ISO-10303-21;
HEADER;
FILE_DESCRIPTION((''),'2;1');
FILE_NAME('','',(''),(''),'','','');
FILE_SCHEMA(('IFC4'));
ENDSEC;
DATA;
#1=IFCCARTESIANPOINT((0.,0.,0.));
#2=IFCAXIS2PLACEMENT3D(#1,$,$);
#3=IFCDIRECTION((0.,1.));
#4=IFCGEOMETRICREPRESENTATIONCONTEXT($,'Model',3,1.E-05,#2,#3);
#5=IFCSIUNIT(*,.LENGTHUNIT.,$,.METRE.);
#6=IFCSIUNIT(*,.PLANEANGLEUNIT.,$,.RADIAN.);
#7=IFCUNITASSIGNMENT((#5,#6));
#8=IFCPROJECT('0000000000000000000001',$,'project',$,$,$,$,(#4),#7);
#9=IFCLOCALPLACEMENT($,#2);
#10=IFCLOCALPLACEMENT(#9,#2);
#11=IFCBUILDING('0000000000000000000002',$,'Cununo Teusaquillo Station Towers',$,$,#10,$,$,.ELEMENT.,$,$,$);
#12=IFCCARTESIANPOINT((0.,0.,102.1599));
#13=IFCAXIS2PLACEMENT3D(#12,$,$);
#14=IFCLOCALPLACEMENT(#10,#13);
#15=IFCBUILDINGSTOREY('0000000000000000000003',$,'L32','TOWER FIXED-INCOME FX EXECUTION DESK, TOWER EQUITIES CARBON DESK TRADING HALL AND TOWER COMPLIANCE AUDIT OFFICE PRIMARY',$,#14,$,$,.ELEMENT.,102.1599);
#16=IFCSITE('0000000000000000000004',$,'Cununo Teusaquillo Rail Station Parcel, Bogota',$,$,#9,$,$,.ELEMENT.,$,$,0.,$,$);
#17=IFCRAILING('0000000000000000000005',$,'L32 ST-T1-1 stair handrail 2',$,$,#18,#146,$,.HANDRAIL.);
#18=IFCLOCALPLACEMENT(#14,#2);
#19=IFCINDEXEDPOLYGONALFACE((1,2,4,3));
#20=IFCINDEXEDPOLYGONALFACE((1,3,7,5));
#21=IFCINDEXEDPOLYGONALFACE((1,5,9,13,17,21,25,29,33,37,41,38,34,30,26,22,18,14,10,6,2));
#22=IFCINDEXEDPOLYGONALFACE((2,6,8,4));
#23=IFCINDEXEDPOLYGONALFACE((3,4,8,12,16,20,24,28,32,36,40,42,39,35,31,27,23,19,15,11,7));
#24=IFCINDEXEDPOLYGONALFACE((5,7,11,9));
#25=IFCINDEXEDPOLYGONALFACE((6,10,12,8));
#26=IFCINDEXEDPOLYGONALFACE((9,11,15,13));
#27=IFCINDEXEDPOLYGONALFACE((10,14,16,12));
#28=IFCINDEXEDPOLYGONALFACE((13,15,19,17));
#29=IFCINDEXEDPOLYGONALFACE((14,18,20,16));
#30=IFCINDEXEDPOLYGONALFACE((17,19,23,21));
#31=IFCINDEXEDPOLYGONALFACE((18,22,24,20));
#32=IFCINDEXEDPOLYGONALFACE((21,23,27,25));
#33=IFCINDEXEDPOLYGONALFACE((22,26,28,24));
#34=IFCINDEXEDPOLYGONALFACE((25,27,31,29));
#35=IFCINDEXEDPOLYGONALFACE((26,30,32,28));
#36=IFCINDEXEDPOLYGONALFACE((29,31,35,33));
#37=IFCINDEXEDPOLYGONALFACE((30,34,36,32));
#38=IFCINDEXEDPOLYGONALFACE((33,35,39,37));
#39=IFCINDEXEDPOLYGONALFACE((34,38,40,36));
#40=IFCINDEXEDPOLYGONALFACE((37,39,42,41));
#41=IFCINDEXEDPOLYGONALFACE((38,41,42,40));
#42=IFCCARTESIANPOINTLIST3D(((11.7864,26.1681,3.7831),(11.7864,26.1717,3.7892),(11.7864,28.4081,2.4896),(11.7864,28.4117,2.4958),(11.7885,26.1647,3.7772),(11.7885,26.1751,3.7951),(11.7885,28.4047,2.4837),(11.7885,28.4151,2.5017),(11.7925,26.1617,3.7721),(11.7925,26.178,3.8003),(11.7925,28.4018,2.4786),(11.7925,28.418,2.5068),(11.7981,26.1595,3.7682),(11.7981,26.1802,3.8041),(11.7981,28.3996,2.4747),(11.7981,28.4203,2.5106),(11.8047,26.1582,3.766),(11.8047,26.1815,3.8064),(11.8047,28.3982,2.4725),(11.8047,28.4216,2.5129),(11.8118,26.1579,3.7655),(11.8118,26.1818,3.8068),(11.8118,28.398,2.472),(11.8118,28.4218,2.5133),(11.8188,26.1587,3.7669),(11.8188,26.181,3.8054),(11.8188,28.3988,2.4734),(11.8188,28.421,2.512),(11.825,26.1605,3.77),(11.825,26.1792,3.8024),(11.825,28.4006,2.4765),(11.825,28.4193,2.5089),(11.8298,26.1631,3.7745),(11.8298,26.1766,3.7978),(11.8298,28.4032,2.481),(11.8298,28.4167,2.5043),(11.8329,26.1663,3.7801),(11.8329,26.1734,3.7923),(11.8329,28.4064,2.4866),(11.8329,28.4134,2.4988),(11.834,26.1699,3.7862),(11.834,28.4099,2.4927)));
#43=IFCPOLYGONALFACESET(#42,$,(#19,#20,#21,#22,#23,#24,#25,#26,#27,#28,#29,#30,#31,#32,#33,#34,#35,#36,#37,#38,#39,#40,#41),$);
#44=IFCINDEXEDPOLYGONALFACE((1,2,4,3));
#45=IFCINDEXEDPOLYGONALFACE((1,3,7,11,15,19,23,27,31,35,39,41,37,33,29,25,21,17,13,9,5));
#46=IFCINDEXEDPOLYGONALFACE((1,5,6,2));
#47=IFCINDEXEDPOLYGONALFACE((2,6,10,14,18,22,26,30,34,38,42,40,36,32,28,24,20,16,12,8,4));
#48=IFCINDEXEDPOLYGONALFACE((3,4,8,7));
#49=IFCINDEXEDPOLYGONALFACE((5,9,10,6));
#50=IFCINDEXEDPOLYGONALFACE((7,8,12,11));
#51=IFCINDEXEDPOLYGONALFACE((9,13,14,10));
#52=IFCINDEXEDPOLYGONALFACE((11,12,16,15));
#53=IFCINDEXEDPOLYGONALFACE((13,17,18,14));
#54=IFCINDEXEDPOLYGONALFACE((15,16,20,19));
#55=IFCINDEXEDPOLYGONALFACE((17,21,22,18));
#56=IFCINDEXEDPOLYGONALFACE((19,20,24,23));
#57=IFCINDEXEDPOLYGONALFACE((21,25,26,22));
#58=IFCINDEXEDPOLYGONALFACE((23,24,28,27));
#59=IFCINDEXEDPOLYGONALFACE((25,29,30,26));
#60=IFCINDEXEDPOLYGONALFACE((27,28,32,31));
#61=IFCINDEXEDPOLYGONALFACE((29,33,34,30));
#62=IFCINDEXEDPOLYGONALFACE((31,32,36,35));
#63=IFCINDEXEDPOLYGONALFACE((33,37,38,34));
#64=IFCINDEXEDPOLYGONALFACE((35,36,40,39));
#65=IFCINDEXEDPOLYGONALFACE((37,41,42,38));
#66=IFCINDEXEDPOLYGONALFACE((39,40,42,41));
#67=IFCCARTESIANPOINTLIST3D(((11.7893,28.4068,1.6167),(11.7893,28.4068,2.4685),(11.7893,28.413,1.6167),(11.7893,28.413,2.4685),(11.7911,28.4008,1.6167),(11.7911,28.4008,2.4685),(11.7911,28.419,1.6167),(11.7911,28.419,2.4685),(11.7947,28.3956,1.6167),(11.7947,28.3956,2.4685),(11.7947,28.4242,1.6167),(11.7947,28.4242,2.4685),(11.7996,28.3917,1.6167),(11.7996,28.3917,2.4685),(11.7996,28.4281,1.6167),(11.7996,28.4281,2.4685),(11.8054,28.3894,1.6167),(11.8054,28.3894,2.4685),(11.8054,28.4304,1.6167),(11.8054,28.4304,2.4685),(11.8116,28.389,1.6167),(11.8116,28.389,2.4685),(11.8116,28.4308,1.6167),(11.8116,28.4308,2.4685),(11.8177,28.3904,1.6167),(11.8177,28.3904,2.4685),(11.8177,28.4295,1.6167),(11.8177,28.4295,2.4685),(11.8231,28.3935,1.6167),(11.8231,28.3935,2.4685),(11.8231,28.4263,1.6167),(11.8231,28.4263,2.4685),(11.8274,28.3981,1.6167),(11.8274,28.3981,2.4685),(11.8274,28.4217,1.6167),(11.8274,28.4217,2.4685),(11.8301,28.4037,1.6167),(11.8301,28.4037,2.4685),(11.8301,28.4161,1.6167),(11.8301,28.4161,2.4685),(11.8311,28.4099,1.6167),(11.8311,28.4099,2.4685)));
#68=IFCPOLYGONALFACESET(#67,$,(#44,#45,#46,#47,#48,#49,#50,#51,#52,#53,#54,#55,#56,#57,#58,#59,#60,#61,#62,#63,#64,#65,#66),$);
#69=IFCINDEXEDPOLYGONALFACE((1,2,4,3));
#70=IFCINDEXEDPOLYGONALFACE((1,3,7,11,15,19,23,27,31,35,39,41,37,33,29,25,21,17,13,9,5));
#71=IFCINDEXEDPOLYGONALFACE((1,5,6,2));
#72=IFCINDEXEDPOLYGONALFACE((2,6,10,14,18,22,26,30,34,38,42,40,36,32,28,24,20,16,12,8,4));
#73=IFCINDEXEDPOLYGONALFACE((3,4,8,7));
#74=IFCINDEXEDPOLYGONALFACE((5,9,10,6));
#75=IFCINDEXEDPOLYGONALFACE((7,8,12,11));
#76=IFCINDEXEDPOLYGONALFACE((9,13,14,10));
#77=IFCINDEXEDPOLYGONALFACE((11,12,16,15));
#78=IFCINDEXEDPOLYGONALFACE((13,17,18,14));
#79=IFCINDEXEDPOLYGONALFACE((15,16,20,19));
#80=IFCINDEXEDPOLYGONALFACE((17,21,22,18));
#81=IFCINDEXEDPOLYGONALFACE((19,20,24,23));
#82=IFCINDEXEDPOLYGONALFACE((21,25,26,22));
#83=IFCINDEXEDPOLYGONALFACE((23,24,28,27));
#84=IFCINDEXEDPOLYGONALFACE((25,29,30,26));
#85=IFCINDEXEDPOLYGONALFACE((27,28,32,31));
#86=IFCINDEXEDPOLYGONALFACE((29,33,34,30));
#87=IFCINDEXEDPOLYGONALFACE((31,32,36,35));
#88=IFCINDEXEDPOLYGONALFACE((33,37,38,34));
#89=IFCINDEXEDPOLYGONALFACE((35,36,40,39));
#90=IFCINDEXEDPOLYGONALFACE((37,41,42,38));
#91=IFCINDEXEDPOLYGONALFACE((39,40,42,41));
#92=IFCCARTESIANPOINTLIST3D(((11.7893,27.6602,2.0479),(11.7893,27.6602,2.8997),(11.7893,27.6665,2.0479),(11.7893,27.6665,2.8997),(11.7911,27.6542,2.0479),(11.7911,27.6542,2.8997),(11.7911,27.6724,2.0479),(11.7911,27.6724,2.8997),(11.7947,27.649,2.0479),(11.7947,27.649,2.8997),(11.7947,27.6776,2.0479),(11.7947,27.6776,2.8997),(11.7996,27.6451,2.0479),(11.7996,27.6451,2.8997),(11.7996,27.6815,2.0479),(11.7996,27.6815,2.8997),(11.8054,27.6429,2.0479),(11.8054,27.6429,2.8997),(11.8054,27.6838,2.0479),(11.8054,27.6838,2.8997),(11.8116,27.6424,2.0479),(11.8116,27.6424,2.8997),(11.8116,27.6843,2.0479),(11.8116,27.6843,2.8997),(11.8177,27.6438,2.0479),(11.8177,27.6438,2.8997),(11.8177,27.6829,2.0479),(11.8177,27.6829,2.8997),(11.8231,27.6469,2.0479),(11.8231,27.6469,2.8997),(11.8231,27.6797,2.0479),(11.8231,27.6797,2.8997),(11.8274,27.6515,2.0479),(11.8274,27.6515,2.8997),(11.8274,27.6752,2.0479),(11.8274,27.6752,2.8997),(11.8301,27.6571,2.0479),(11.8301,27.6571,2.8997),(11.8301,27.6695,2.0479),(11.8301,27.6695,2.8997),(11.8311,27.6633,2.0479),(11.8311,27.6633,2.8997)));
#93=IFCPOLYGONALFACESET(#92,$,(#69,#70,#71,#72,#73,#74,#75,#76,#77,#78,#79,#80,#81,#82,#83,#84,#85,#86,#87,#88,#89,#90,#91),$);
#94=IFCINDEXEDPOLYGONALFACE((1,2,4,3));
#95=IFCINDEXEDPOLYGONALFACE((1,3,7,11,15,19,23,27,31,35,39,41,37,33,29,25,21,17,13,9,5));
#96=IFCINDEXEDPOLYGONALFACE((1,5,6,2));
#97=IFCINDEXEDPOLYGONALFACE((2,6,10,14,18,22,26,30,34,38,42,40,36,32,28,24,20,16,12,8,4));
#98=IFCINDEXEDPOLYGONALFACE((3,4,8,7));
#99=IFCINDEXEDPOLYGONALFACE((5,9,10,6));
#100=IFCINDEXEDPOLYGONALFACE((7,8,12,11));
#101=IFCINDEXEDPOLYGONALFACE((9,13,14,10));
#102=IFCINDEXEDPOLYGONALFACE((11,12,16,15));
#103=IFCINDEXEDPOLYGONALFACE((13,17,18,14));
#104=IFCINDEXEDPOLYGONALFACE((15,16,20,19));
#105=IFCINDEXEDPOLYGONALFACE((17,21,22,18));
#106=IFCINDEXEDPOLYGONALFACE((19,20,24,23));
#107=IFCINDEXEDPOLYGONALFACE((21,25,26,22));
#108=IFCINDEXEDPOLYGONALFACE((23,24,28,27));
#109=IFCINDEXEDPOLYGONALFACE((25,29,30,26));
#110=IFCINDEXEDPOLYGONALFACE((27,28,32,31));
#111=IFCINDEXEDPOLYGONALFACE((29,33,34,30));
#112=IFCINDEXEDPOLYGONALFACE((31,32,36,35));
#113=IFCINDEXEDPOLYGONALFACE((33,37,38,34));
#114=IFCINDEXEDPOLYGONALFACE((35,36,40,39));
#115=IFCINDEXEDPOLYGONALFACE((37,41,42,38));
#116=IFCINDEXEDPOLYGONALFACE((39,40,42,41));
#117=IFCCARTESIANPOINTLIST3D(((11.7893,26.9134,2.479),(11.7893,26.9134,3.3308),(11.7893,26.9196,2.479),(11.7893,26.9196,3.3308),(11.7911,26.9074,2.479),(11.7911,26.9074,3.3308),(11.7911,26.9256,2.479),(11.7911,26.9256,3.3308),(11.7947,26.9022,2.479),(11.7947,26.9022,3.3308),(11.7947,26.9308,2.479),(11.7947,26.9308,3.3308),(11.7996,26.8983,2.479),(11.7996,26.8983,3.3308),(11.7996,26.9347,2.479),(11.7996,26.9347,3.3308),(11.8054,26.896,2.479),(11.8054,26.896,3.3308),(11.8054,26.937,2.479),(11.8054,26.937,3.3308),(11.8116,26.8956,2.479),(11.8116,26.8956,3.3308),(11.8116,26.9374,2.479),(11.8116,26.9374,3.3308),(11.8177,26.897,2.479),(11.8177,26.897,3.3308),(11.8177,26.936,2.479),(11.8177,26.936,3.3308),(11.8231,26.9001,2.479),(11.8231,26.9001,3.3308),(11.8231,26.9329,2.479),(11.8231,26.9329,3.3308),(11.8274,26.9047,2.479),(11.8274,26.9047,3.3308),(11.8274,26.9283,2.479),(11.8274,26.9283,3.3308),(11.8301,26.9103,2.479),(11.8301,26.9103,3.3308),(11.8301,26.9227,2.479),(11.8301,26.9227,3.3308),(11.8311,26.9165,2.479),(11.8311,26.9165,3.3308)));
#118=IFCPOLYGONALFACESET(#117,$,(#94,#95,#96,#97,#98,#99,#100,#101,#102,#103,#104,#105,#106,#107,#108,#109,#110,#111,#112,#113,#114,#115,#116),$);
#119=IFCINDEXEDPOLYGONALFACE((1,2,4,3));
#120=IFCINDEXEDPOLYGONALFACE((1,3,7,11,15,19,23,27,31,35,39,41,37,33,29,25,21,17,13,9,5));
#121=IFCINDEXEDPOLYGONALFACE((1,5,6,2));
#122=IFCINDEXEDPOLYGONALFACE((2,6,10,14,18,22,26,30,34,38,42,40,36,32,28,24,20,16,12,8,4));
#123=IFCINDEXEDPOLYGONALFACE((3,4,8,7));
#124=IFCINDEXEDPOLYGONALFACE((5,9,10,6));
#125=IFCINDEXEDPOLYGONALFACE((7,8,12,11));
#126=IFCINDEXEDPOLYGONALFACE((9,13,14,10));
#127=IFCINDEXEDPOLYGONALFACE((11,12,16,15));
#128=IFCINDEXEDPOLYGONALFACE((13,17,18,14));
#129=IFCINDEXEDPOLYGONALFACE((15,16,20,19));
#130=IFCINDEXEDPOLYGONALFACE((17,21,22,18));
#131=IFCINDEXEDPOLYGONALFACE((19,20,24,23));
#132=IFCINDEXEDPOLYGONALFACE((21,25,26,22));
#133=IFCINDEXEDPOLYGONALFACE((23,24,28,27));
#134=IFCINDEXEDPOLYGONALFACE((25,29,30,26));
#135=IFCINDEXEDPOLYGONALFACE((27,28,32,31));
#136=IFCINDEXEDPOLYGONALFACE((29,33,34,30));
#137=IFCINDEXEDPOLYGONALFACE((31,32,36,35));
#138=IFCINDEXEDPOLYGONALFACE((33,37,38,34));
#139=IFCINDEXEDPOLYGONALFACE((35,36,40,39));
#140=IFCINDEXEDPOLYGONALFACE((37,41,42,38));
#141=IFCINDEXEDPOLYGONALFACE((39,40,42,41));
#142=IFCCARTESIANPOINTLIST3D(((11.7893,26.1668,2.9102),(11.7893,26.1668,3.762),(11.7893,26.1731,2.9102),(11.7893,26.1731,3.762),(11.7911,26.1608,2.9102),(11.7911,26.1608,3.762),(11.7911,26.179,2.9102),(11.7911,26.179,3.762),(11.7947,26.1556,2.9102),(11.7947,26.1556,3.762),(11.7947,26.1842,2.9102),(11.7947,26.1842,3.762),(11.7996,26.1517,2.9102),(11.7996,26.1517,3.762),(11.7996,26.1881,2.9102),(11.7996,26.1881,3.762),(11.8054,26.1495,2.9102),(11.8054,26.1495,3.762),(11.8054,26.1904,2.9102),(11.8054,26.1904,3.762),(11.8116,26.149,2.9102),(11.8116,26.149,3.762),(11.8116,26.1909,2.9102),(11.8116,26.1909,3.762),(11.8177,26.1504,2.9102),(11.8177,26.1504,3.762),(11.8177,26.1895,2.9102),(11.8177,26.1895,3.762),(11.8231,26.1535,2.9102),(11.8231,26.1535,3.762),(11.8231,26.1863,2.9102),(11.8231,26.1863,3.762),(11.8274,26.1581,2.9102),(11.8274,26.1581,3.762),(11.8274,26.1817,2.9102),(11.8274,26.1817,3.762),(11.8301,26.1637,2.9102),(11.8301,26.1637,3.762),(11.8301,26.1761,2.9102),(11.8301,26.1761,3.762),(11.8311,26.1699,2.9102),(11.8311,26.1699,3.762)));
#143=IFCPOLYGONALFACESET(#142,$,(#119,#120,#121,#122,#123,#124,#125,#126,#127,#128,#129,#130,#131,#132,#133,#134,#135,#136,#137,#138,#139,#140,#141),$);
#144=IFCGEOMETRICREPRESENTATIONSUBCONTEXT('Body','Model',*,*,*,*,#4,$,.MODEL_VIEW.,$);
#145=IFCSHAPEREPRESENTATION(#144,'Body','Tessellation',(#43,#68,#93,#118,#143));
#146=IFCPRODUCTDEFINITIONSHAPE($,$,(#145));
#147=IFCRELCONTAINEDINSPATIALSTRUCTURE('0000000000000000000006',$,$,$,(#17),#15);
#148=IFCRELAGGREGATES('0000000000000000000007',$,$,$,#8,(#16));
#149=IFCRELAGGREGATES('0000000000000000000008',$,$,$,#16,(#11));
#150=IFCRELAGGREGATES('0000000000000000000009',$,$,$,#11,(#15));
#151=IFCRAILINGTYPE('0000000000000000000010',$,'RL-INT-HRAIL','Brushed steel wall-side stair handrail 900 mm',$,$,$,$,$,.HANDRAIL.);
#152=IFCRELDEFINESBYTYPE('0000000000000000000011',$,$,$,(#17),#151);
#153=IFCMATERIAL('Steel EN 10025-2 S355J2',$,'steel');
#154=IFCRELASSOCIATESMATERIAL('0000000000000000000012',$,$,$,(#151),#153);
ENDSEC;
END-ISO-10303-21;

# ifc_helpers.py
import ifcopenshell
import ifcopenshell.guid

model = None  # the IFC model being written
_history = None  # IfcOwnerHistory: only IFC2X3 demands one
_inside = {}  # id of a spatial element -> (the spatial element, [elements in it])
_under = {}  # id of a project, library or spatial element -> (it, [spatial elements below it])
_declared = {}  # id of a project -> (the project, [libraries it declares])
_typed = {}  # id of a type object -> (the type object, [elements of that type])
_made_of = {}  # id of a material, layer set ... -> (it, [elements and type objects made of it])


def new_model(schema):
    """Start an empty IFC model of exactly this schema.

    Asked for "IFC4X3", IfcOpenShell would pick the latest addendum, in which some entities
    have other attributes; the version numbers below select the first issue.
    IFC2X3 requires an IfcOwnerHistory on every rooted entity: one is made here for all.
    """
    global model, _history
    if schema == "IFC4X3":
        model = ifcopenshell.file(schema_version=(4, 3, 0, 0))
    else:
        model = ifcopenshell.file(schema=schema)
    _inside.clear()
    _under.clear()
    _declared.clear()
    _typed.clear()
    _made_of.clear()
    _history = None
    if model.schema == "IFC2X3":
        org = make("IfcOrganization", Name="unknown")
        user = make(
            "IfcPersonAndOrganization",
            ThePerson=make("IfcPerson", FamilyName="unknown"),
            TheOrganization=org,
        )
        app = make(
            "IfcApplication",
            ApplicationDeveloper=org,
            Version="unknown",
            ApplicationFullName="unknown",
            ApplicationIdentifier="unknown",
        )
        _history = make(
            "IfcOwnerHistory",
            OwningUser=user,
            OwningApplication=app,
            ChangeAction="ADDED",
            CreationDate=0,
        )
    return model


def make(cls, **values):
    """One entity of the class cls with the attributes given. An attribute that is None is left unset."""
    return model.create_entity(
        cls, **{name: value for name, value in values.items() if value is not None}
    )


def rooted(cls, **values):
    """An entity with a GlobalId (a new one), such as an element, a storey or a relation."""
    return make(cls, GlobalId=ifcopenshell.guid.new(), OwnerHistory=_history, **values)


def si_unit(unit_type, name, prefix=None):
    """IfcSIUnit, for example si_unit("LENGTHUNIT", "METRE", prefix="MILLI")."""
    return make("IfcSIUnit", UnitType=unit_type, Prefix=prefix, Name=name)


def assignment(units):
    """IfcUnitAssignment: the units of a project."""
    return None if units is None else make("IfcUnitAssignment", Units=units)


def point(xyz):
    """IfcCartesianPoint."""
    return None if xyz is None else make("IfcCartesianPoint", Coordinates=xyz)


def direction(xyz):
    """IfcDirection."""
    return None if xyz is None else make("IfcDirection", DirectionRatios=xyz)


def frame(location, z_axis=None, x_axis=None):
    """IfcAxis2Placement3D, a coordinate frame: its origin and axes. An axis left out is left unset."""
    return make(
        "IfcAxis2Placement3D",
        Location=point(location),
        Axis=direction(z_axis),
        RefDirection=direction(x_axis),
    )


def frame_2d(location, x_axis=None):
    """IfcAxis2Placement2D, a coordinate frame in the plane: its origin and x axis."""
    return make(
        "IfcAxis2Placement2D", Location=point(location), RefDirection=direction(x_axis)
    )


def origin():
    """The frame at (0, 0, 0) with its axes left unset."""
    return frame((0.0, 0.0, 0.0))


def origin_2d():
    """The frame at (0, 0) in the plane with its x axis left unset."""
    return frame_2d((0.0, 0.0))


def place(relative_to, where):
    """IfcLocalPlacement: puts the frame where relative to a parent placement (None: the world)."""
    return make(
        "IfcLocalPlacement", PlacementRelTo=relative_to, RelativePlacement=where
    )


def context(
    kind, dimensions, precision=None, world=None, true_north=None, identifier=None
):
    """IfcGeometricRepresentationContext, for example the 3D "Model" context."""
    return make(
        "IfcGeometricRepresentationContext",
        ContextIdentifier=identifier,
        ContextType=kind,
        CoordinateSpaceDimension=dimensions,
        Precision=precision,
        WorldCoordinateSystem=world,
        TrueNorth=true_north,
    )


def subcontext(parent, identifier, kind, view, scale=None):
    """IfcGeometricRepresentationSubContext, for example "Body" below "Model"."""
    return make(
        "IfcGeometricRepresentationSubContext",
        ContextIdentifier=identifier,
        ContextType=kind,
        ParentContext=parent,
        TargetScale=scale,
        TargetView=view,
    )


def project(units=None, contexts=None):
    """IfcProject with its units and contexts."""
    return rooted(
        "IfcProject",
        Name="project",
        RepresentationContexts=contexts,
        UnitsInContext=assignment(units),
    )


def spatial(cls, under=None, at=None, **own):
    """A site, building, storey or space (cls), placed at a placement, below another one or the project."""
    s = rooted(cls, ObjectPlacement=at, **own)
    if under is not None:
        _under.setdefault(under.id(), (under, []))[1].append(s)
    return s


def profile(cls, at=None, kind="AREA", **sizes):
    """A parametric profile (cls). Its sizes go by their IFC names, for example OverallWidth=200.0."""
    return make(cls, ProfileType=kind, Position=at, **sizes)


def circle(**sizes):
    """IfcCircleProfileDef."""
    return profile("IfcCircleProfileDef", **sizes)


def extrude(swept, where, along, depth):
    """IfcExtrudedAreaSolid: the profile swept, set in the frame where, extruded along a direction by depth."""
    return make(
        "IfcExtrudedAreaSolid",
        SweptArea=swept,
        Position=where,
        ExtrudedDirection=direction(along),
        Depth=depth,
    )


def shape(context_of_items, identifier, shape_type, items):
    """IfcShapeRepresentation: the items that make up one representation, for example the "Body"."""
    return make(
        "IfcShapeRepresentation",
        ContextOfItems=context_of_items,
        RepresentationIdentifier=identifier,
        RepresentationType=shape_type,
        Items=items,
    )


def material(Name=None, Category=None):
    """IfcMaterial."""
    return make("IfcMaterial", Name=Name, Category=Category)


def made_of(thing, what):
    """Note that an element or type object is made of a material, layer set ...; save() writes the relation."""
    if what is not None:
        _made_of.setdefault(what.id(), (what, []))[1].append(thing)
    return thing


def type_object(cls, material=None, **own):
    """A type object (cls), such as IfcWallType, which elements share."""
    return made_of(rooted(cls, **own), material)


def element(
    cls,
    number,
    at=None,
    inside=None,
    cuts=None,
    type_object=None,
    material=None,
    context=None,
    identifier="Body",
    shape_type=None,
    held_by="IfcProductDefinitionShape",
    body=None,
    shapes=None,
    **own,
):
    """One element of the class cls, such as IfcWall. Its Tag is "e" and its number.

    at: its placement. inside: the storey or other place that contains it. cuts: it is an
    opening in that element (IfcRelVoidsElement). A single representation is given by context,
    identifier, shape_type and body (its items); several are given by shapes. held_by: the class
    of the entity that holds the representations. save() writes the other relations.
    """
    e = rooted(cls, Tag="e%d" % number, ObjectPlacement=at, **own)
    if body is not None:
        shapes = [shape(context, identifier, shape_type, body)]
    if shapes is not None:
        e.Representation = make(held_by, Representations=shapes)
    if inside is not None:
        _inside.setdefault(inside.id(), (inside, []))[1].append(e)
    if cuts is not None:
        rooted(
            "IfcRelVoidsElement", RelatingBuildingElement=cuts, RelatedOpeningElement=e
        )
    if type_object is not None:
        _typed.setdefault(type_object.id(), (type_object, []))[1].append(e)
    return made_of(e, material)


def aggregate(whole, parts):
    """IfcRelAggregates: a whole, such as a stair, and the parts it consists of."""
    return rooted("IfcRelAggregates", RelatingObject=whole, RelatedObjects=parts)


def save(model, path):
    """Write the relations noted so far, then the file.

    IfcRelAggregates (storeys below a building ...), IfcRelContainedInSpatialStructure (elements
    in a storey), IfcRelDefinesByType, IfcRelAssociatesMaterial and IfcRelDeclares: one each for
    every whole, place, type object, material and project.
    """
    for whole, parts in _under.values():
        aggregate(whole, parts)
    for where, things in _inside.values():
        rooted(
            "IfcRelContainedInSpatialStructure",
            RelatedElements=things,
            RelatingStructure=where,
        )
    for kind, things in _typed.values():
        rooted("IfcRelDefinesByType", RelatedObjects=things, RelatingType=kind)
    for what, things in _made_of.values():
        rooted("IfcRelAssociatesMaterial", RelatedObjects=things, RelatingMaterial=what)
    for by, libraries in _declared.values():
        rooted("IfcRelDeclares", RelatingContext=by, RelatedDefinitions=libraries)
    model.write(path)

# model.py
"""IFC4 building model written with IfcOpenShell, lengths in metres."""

from ifc_helpers import new_model, si_unit, direction, frame, origin, origin_2d, place, context, subcontext, project, spatial, circle, extrude, material, type_object, element, save


model = new_model("IFC4")

# Units and contexts
model_context = context("Model", 3, precision=1e-05, world=origin(), true_north=direction((0.0, 1.0)))
body_context = subcontext(model_context, "Body", "Model", "MODEL_VIEW")
ifc_project = project(units=[si_unit("LENGTHUNIT", "METRE"), si_unit("PLANEANGLEUNIT", "RADIAN")], contexts=[model_context])

# Site, building, storey
site_placement = place(None, origin())
site = spatial("IfcSite", under=ifc_project, at=site_placement, Name="Cununo Teusaquillo Rail Station Parcel, Bogota", CompositionType="ELEMENT", RefElevation=0.0)
building_placement = place(site_placement, origin())
building = spatial("IfcBuilding", under=site, at=building_placement, Name="Cununo Teusaquillo Station Towers", CompositionType="ELEMENT")
storey_placement = place(building_placement, frame((0.0, 0.0, 102.1599)))
storey = spatial("IfcBuildingStorey", under=building, at=storey_placement, Name="L32", Description="TOWER FIXED-INCOME FX EXECUTION DESK, TOWER EQUITIES CARBON DESK TRADING HALL AND TOWER COMPLIANCE AUDIT OFFICE PRIMARY", CompositionType="ELEMENT", Elevation=102.1599)

# Railing
ifc_material_1 = material(Name="Steel EN 10025-2 S355J2", Category="steel")
railing_type_1 = type_object("IfcRailingType", Name="RL-INT-HRAIL", Description="Brushed steel wall-side stair handrail 900 mm", PredefinedType="HANDRAIL", material=ifc_material_1)
railing_1_placement = place(storey_placement, frame((11.8101, 28.4099, 1.6167)))
element("IfcRailing", 1, at=railing_1_placement, inside=storey, type_object=railing_type_1, Name="L32 ST-T1-1 stair handrail 2", PredefinedType="HANDRAIL", context=body_context, shape_type="SweptSolid", body=[
    extrude(circle(Radius=0.0239, at=origin_2d()), frame((0.0, 0.0, 0.876), z_axis=(0.0, -0.865992, 0.500057), x_axis=(1.0, 0.0, 0.0)), (0.0, 0.0, 1.0), 2.5867),
    extrude(circle(Radius=0.021, at=origin_2d()), origin(), (0.0, 0.0, 1.0), 0.8518),
    extrude(circle(Radius=0.021, at=origin_2d()), frame((0.0, -0.7466, 0.4312)), (0.0, 0.0, 1.0), 0.8518),
    extrude(circle(Radius=0.021, at=origin_2d()), frame((0.0, -1.4934, 0.8623)), (0.0, 0.0, 1.0), 0.8518),
    extrude(circle(Radius=0.021, at=origin_2d()), frame((0.0, -2.24, 1.2935)), (0.0, 0.0, 1.0), 0.8518),
])

save(model, "model.ifc")
